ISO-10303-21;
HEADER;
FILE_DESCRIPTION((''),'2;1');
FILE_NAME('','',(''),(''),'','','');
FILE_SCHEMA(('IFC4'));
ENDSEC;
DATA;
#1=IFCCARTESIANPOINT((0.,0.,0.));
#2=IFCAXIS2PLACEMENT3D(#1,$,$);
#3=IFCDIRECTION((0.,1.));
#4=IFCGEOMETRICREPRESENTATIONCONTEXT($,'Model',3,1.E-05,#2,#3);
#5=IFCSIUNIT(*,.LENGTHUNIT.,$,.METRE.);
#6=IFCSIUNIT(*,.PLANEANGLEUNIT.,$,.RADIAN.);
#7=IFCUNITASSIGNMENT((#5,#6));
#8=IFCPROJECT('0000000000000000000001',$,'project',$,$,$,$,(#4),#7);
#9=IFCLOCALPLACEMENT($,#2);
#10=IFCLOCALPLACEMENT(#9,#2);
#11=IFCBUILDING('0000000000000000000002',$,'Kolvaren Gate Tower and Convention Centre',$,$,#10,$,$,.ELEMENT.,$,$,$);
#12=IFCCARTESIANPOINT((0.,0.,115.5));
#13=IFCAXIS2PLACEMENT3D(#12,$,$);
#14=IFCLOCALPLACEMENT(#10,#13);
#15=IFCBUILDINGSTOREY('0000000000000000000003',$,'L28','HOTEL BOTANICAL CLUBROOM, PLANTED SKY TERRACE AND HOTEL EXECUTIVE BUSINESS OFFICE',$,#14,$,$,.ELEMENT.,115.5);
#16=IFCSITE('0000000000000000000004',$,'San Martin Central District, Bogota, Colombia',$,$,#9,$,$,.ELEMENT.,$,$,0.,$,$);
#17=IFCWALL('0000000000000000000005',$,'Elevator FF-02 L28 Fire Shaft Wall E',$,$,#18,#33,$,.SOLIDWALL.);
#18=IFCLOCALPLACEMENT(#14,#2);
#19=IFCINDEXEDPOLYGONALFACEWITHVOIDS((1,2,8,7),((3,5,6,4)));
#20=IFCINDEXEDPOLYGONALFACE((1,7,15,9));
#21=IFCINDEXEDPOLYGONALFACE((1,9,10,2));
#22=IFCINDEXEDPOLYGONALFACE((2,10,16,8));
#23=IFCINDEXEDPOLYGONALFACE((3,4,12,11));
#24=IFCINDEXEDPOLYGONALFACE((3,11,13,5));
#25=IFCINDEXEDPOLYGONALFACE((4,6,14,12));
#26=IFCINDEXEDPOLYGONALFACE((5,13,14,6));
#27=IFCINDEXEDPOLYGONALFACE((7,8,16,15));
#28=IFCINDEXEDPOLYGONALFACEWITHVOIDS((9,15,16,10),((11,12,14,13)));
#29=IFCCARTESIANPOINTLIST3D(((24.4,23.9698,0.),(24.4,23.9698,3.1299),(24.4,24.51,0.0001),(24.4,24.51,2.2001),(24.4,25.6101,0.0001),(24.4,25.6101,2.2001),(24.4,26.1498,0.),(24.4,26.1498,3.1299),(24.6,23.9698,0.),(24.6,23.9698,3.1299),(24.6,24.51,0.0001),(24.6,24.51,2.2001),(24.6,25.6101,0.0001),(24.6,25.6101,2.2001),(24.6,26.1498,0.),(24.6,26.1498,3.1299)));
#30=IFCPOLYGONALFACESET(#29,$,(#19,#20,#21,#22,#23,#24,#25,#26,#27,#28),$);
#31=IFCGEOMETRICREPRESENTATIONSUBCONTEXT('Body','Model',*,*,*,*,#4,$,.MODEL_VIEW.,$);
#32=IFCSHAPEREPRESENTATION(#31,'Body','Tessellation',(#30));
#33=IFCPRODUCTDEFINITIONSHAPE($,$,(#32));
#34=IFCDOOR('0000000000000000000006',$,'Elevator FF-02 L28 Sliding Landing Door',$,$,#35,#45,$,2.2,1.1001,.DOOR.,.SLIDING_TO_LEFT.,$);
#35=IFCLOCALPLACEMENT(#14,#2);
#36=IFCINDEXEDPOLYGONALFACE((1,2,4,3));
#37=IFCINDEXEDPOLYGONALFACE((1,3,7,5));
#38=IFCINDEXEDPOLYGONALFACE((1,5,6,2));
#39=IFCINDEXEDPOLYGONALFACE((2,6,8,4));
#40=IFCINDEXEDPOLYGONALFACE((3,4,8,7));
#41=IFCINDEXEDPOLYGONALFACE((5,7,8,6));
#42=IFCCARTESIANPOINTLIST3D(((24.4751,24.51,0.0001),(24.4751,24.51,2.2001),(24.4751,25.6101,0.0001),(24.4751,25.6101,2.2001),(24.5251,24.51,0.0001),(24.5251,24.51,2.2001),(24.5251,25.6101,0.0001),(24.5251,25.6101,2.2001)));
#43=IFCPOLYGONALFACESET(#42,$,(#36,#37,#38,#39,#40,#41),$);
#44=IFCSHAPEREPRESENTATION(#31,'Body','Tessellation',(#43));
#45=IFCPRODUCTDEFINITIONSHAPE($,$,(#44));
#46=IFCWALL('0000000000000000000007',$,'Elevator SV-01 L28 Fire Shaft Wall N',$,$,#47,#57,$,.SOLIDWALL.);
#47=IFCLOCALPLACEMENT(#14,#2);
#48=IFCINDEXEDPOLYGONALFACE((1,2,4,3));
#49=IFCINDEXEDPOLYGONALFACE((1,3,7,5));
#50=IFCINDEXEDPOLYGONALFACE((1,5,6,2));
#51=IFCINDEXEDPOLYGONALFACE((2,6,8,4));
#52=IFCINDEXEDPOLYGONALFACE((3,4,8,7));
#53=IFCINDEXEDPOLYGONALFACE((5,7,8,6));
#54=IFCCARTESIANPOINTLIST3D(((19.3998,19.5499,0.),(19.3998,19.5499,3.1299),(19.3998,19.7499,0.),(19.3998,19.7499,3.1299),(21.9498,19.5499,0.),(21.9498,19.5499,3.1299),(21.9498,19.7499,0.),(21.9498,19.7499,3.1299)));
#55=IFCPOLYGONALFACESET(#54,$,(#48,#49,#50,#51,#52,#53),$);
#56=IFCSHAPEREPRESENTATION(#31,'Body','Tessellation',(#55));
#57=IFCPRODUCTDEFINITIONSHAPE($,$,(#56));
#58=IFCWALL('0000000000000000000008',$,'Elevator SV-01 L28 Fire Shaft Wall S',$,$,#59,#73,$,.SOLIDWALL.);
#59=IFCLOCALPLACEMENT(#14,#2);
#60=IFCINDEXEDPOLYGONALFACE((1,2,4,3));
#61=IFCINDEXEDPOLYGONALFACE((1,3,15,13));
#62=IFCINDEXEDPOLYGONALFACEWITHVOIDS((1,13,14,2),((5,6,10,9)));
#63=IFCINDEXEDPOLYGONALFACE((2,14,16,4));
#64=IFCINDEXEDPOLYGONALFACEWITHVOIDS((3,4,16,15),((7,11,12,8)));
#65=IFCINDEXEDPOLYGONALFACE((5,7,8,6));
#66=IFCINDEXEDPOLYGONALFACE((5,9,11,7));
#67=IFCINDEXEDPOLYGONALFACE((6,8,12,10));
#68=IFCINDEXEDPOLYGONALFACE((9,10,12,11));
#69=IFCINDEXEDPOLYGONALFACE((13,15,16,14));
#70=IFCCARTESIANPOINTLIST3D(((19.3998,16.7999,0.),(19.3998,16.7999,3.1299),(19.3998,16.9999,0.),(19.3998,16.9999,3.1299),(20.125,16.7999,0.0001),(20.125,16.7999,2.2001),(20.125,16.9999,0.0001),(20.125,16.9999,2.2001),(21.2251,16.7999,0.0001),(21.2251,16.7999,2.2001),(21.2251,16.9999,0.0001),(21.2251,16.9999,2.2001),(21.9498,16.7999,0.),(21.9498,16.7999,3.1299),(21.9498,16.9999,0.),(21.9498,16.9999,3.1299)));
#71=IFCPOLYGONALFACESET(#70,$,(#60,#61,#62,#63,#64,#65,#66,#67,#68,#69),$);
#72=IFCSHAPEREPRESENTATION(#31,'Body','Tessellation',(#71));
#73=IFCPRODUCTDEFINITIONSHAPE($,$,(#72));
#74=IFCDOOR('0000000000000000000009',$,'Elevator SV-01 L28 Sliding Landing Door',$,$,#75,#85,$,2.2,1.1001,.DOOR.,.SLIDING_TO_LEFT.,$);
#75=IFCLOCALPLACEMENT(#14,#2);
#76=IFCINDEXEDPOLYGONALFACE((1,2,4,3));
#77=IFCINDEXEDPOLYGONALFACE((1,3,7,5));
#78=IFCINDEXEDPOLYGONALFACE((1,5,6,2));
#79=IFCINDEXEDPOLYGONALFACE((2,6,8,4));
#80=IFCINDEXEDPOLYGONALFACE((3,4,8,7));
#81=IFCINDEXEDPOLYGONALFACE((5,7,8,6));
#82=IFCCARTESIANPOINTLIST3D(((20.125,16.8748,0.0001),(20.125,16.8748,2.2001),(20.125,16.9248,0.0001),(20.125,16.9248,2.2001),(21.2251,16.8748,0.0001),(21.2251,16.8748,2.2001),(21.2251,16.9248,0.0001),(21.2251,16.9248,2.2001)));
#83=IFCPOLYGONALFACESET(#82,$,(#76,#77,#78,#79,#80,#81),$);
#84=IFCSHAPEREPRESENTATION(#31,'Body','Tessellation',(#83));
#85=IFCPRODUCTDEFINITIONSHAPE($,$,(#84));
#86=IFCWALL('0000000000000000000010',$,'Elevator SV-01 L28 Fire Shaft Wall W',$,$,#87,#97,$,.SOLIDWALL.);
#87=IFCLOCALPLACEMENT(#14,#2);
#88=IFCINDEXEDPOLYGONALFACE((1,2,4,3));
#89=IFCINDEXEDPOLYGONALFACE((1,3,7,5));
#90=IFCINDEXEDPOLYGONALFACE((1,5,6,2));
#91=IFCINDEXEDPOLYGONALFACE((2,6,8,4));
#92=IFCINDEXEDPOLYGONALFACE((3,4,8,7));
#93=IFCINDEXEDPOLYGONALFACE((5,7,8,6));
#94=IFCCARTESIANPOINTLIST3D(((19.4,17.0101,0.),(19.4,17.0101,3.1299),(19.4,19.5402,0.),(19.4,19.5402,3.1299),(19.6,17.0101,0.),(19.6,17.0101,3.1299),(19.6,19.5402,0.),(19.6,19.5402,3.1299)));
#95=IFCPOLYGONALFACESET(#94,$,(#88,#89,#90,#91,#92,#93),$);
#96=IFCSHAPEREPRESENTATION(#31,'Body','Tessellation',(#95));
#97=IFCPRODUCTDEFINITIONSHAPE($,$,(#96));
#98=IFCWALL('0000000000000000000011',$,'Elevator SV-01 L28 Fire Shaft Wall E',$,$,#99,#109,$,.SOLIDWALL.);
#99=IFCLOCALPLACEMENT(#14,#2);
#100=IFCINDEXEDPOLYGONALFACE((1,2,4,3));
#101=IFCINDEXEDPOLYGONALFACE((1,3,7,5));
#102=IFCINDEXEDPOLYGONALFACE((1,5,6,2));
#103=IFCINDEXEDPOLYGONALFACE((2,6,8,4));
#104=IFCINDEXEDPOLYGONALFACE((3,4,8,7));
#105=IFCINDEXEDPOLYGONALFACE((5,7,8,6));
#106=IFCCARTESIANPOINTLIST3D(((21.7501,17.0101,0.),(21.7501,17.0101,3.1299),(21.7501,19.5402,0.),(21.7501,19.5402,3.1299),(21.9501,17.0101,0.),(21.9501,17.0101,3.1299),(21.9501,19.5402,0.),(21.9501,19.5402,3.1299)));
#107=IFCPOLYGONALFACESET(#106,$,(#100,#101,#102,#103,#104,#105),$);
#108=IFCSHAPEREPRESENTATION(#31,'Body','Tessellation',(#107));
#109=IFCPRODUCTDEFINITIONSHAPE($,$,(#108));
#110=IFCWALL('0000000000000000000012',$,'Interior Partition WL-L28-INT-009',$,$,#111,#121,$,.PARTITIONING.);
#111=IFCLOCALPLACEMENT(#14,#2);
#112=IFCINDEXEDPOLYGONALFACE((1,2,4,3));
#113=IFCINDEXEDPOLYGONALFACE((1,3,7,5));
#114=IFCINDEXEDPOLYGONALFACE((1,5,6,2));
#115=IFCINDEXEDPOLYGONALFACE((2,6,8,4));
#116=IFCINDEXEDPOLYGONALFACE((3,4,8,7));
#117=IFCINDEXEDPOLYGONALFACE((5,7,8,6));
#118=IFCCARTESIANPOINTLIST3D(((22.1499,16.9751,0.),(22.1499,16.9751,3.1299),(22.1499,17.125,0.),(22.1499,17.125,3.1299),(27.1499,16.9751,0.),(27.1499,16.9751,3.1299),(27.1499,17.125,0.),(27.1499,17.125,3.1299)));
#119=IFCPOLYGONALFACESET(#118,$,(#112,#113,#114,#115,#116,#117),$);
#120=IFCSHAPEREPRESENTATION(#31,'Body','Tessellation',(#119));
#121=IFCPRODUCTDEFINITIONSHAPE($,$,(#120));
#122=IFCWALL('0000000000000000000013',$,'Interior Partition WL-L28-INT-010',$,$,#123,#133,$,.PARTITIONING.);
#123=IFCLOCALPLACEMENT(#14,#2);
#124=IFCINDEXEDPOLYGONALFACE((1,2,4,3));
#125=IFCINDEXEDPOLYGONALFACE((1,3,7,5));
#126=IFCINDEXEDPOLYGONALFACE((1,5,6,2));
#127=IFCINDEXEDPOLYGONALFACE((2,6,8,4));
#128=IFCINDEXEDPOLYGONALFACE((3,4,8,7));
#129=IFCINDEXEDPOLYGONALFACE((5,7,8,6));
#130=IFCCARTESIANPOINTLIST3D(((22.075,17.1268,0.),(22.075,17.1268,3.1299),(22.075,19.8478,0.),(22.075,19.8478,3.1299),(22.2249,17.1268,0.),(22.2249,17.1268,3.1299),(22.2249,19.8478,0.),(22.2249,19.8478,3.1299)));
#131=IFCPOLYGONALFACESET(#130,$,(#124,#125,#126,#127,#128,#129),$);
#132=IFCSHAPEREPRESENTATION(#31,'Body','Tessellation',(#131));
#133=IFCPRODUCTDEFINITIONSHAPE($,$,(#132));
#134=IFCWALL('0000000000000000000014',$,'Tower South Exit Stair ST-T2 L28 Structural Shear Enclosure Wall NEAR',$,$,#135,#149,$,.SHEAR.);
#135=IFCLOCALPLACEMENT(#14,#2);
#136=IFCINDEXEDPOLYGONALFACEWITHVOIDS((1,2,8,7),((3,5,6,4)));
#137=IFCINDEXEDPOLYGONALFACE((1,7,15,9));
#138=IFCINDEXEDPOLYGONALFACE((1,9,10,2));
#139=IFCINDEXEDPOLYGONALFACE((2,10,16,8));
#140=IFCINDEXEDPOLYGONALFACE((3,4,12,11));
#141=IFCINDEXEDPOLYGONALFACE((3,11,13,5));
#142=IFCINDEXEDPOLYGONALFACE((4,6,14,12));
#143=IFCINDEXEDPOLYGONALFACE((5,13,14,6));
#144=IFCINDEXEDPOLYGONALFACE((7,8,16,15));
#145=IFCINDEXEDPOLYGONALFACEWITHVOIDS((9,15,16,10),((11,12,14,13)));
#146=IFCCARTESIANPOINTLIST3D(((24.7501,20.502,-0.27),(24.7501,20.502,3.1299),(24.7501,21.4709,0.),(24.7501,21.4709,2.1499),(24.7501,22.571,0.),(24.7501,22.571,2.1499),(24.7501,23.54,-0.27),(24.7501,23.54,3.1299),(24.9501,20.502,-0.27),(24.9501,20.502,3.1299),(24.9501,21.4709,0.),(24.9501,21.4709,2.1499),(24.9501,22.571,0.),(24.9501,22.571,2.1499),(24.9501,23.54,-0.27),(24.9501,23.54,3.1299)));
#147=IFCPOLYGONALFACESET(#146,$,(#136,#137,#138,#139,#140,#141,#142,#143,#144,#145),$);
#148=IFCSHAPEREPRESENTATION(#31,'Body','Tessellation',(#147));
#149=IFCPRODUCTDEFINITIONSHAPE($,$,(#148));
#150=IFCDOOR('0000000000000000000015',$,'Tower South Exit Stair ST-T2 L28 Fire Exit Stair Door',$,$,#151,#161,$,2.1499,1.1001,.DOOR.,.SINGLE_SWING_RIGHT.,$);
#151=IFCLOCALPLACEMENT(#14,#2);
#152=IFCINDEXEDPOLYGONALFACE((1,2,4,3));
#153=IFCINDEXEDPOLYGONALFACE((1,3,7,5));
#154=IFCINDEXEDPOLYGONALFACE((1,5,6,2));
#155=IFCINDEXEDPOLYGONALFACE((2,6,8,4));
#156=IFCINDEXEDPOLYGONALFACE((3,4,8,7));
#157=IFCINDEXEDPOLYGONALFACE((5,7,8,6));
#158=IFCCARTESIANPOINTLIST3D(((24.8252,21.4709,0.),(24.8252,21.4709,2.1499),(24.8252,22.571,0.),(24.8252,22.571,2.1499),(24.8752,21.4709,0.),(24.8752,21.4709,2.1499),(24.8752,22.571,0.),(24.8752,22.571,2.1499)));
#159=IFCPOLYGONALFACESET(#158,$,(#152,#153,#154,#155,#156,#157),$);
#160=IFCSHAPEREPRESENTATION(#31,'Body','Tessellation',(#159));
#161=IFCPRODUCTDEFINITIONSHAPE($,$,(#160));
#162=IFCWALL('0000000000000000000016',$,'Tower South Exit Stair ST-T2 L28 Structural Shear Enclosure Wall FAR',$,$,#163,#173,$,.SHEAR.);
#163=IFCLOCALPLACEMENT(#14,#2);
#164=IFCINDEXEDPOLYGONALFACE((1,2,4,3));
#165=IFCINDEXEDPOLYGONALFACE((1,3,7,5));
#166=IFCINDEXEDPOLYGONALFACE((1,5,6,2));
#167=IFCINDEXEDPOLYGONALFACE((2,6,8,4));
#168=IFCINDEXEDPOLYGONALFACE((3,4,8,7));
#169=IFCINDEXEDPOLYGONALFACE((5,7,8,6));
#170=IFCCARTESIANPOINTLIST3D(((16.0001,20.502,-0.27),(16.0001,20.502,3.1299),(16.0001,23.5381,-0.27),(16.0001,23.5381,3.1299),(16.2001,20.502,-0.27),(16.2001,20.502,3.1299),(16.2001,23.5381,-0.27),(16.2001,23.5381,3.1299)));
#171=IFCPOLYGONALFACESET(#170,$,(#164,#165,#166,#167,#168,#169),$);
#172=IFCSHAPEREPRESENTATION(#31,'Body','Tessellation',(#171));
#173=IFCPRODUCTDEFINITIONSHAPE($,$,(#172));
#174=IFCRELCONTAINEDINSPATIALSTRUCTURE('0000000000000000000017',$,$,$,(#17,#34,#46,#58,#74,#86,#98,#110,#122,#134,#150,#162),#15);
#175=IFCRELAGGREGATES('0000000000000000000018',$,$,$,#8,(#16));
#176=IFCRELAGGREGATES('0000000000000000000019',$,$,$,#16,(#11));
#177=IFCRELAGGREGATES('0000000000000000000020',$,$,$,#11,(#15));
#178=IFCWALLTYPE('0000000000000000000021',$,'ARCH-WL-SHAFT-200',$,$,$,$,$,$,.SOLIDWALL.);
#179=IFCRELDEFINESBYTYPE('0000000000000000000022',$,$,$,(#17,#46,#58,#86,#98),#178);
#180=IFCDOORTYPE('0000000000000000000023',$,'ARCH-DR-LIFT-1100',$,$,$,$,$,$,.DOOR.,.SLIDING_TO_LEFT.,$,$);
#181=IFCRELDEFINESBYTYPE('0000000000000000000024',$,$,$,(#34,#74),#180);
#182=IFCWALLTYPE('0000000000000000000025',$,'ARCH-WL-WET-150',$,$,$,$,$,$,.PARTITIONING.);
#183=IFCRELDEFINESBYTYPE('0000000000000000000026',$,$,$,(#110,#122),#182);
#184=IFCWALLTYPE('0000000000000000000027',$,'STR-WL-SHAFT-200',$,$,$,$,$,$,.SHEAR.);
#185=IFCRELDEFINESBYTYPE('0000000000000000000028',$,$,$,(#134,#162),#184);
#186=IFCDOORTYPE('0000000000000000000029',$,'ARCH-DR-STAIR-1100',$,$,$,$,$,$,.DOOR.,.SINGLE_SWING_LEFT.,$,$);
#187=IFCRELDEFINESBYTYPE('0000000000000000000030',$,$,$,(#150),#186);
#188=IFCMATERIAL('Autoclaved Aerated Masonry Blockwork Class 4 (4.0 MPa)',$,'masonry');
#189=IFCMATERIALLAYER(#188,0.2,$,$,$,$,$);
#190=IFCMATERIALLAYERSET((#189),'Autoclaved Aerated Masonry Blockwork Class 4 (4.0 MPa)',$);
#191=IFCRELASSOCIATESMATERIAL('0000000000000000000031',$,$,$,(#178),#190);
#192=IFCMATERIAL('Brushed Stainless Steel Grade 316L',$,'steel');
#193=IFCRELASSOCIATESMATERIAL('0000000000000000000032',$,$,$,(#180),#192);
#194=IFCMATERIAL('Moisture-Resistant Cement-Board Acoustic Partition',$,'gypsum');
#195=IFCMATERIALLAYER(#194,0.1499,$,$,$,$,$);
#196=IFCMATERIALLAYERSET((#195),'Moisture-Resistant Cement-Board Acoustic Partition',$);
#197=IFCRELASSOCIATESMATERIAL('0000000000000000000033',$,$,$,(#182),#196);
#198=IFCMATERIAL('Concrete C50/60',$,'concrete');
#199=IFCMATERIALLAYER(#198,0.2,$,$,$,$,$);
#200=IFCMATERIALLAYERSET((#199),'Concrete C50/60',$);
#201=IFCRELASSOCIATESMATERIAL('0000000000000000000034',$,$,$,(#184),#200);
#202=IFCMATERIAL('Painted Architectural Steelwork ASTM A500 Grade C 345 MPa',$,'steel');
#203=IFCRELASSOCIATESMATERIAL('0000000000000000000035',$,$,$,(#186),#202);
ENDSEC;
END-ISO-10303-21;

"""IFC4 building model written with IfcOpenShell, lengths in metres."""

from ifc_helpers import new_model, si_unit, direction, frame, frame_2d, origin, place, context, subcontext, project, spatial, rectangle, extrude, material, layer, layer_set, type_object, element, fill, save


model = new_model("IFC4")

# Units and contexts
model_context = context("Model", 3, precision=1e-05, world=origin(), true_north=direction((0.0, 1.0)))
body_context = subcontext(model_context, "Body", "Model", "MODEL_VIEW")
ifc_project = project(units=[si_unit("LENGTHUNIT", "METRE"), si_unit("PLANEANGLEUNIT", "RADIAN")], contexts=[model_context])

# Site, building, storey
site_placement = place(None, origin())
site = spatial("IfcSite", under=ifc_project, at=site_placement, Name="San Martin Central District, Bogota, Colombia", CompositionType="ELEMENT", RefElevation=0.0)
building_placement = place(site_placement, origin())
building = spatial("IfcBuilding", under=site, at=building_placement, Name="Kolvaren Gate Tower and Convention Centre", CompositionType="ELEMENT")
storey_placement = place(building_placement, frame((0.0, 0.0, 115.5)))
storey = spatial("IfcBuildingStorey", under=building, at=storey_placement, Name="L28", Description="HOTEL BOTANICAL CLUBROOM, PLANTED SKY TERRACE AND HOTEL EXECUTIVE BUSINESS OFFICE", CompositionType="ELEMENT", Elevation=115.5)

# Shared definitions
ifc_material_1 = material(Name="Autoclaved Aerated Masonry Blockwork Class 4 (4.0 MPa)", Category="masonry")
ifc_layer_1 = layer(ifc_material_1, 0.2)
ifc_layer_set_1 = layer_set([ifc_layer_1], Name="Autoclaved Aerated Masonry Blockwork Class 4 (4.0 MPa)")
wall_type_1 = type_object("IfcWallType", Name="ARCH-WL-SHAFT-200", PredefinedType="SOLIDWALL", material=ifc_layer_set_1)

# Wall, opening, door
wall_1_placement = place(storey_placement, frame((24.5, 23.97, 0.0), z_axis=(0.0, 0.0, 1.0), x_axis=(0.0, 1.0, 0.0)))
wall_1 = element("IfcWall", 1, at=wall_1_placement, inside=storey, type_object=wall_type_1, Name="Elevator FF-02 L28 Fire Shaft Wall E", PredefinedType="SOLIDWALL", context=body_context, shape_type="SweptSolid", body=[
    extrude(rectangle(XDim=2.1799, YDim=0.2, at=frame_2d((1.0898, 0.0))), origin(), (0.0, 0.0, 1.0), 3.1299),
])
opening_1_placement = place(wall_1_placement, frame((0.54, 0.0, 0.0)))
opening_1 = element("IfcOpeningElement", 2, at=opening_1_placement, cuts=wall_1, PredefinedType="OPENING", context=body_context, shape_type="SweptSolid", body=[
    extrude(rectangle(XDim=1.1001, YDim=2.2, at=frame_2d((0.55, 1.1001))), frame((0.0, 0.1099, 0.0), z_axis=(0.0, -1.0, 0.0), x_axis=(1.0, 0.0, 0.0)), (0.0, 0.0, 1.0), 0.22),
])
ifc_material_2 = material(Name="Brushed Stainless Steel Grade 316L", Category="steel")
door_type_1 = type_object("IfcDoorType", Name="ARCH-DR-LIFT-1100", OperationType="SLIDING_TO_LEFT", PredefinedType="DOOR", material=ifc_material_2)
door_1_placement = place(opening_1_placement, origin())
door_1 = element("IfcDoor", 3, at=door_1_placement, inside=storey, type_object=door_type_1, Name="Elevator FF-02 L28 Sliding Landing Door", OperationType="SLIDING_TO_LEFT", OverallHeight=2.2, OverallWidth=1.1001, PredefinedType="DOOR", context=body_context, shape_type="SweptSolid", body=[
    extrude(rectangle(XDim=1.1001, YDim=2.2, at=frame_2d((0.55, 1.1001))), frame((0.0, 0.0249, 0.0), z_axis=(0.0, -1.0, 0.0), x_axis=(1.0, 0.0, 0.0)), (0.0, 0.0, 1.0), 0.05),
])
fill(opening_1, door_1)

# Wall
wall_2_placement = place(storey_placement, frame((19.3999, 19.6499, 0.0), z_axis=(0.0, 0.0, 1.0), x_axis=(1.0, 0.0, 0.0)))
element("IfcWall", 4, at=wall_2_placement, inside=storey, type_object=wall_type_1, Name="Elevator SV-01 L28 Fire Shaft Wall N", PredefinedType="SOLIDWALL", context=body_context, shape_type="SweptSolid", body=[
    extrude(rectangle(XDim=2.55, YDim=0.2, at=frame_2d((1.2749, 0.0))), origin(), (0.0, 0.0, 1.0), 3.1299),
])

# Wall, opening, door
wall_3_placement = place(storey_placement, frame((19.3999, 16.8999, 0.0), z_axis=(0.0, 0.0, 1.0), x_axis=(1.0, 0.0, 0.0)))
wall_3 = element("IfcWall", 5, at=wall_3_placement, inside=storey, type_object=wall_type_1, Name="Elevator SV-01 L28 Fire Shaft Wall S", PredefinedType="SOLIDWALL", context=body_context, shape_type="SweptSolid", body=[
    extrude(rectangle(XDim=2.55, YDim=0.2, at=frame_2d((1.2749, 0.0))), origin(), (0.0, 0.0, 1.0), 3.1299),
])
opening_2_placement = place(wall_3_placement, frame((0.7251, 0.0, 0.0)))
opening_2 = element("IfcOpeningElement", 6, at=opening_2_placement, cuts=wall_3, PredefinedType="OPENING", context=body_context, shape_type="SweptSolid", body=[
    extrude(rectangle(XDim=1.1001, YDim=2.2, at=frame_2d((0.55, 1.1001))), frame((0.0, 0.1099, 0.0), z_axis=(0.0, -1.0, 0.0), x_axis=(1.0, 0.0, 0.0)), (0.0, 0.0, 1.0), 0.22),
])
door_2_placement = place(opening_2_placement, origin())
door_2 = element("IfcDoor", 7, at=door_2_placement, inside=storey, type_object=door_type_1, Name="Elevator SV-01 L28 Sliding Landing Door", OperationType="SLIDING_TO_LEFT", OverallHeight=2.2, OverallWidth=1.1001, PredefinedType="DOOR", context=body_context, shape_type="SweptSolid", body=[
    extrude(rectangle(XDim=1.1001, YDim=2.2, at=frame_2d((0.55, 1.1001))), frame((0.0, 0.0249, 0.0), z_axis=(0.0, -1.0, 0.0), x_axis=(1.0, 0.0, 0.0)), (0.0, 0.0, 1.0), 0.05),
])
fill(opening_2, door_2)

# Walls
for number, where, z_axis, x_axis, name in (
    (8, (19.5, 17.01, 0.0), (0.0, 0.0, 1.0), (0.0, 1.0, 0.0), "Elevator SV-01 L28 Fire Shaft Wall W"),
    (9, (21.8501, 17.01, 0.0), (0.0, 0.0, 1.0), (0.0, 1.0, 0.0), "Elevator SV-01 L28 Fire Shaft Wall E"),
):
    element("IfcWall", number, at=place(storey_placement, frame(where, z_axis=z_axis, x_axis=x_axis)), inside=storey, type_object=wall_type_1, Name=name, PredefinedType="SOLIDWALL", context=body_context, shape_type="SweptSolid", body=[
        extrude(rectangle(XDim=2.53, YDim=0.2, at=frame_2d((1.2651, 0.0))), origin(), (0.0, 0.0, 1.0), 3.1299),
    ])
ifc_material_3 = material(Name="Moisture-Resistant Cement-Board Acoustic Partition", Category="gypsum")
ifc_layer_2 = layer(ifc_material_3, 0.1499)
ifc_layer_set_2 = layer_set([ifc_layer_2], Name="Moisture-Resistant Cement-Board Acoustic Partition")
wall_type_2 = type_object("IfcWallType", Name="ARCH-WL-WET-150", PredefinedType="PARTITIONING", material=ifc_layer_set_2)
wall_4_placement = place(storey_placement, frame((22.1499, 17.05, 0.0), z_axis=(0.0, 0.0, 1.0), x_axis=(1.0, 0.0, 0.0)))
element("IfcWall", 10, at=wall_4_placement, inside=storey, type_object=wall_type_2, Name="Interior Partition WL-L28-INT-009", PredefinedType="PARTITIONING", context=body_context, shape_type="SweptSolid", body=[
    extrude(rectangle(XDim=5.0, YDim=0.1499, at=frame_2d((2.5, 0.0))), origin(), (0.0, 0.0, 1.0), 3.1299),
])
wall_5_placement = place(storey_placement, frame((22.1499, 17.127, 0.0), z_axis=(0.0, 0.0, 1.0), x_axis=(0.0, 1.0, 0.0)))
element("IfcWall", 11, at=wall_5_placement, inside=storey, type_object=wall_type_2, Name="Interior Partition WL-L28-INT-010", PredefinedType="PARTITIONING", context=body_context, shape_type="SweptSolid", body=[
    extrude(rectangle(XDim=2.7209, YDim=0.1499, at=frame_2d((1.3604, 0.0))), origin(), (0.0, 0.0, 1.0), 3.1299),
])

# Wall, opening, door
ifc_material_4 = material(Name="Concrete C50/60", Category="concrete")
ifc_layer_3 = layer(ifc_material_4, 0.2)
ifc_layer_set_3 = layer_set([ifc_layer_3], Name="Concrete C50/60")
wall_type_3 = type_object("IfcWallType", Name="STR-WL-SHAFT-200", PredefinedType="SHEAR", material=ifc_layer_set_3)
wall_6_placement = place(storey_placement, frame((24.8501, 20.502, -0.27), z_axis=(0.0, 0.0, 1.0), x_axis=(0.0, 1.0, 0.0)))
wall_6 = element("IfcWall", 12, at=wall_6_placement, inside=storey, type_object=wall_type_3, Name="Tower South Exit Stair ST-T2 L28 Structural Shear Enclosure Wall NEAR", PredefinedType="SHEAR", context=body_context, shape_type="SweptSolid", body=[
    extrude(rectangle(XDim=3.0381, YDim=0.2, at=frame_2d((1.519, 0.0))), origin(), (0.0, 0.0, 1.0), 3.3999),
])
opening_3_placement = place(wall_6_placement, frame((0.969, 0.0, 0.27)))
opening_3 = element("IfcOpeningElement", 13, at=opening_3_placement, cuts=wall_6, PredefinedType="OPENING", context=body_context, shape_type="SweptSolid", body=[
    extrude(rectangle(XDim=1.1001, YDim=2.1499, at=frame_2d((0.55, 1.075))), frame((0.0, 0.1099, 0.0), z_axis=(0.0, -1.0, 0.0), x_axis=(1.0, 0.0, 0.0)), (0.0, 0.0, 1.0), 0.22),
])
ifc_material_5 = material(Name="Painted Architectural Steelwork ASTM A500 Grade C 345 MPa", Category="steel")
door_type_2 = type_object("IfcDoorType", Name="ARCH-DR-STAIR-1100", OperationType="SINGLE_SWING_LEFT", PredefinedType="DOOR", material=ifc_material_5)
door_3_placement = place(opening_3_placement, origin())
door_3 = element("IfcDoor", 14, at=door_3_placement, inside=storey, type_object=door_type_2, Name="Tower South Exit Stair ST-T2 L28 Fire Exit Stair Door", OperationType="SINGLE_SWING_RIGHT", OverallHeight=2.1499, OverallWidth=1.1001, PredefinedType="DOOR", context=body_context, shape_type="SweptSolid", body=[
    extrude(rectangle(XDim=1.1001, YDim=2.1499, at=frame_2d((0.55, 1.075))), frame((0.0, 0.0249, 0.0), z_axis=(0.0, -1.0, 0.0), x_axis=(1.0, 0.0, 0.0)), (0.0, 0.0, 1.0), 0.05),
])
fill(opening_3, door_3)

# Wall
wall_7_placement = place(storey_placement, frame((16.1001, 20.502, -0.27), z_axis=(0.0, 0.0, 1.0), x_axis=(0.0, 1.0, 0.0)))
element("IfcWall", 15, at=wall_7_placement, inside=storey, type_object=wall_type_3, Name="Tower South Exit Stair ST-T2 L28 Structural Shear Enclosure Wall FAR", PredefinedType="SHEAR", context=body_context, shape_type="SweptSolid", body=[
    extrude(rectangle(XDim=3.0361, YDim=0.2, at=frame_2d((1.5181, 0.0))), origin(), (0.0, 0.0, 1.0), 3.3999),
])

save(model, "model.ifc")
